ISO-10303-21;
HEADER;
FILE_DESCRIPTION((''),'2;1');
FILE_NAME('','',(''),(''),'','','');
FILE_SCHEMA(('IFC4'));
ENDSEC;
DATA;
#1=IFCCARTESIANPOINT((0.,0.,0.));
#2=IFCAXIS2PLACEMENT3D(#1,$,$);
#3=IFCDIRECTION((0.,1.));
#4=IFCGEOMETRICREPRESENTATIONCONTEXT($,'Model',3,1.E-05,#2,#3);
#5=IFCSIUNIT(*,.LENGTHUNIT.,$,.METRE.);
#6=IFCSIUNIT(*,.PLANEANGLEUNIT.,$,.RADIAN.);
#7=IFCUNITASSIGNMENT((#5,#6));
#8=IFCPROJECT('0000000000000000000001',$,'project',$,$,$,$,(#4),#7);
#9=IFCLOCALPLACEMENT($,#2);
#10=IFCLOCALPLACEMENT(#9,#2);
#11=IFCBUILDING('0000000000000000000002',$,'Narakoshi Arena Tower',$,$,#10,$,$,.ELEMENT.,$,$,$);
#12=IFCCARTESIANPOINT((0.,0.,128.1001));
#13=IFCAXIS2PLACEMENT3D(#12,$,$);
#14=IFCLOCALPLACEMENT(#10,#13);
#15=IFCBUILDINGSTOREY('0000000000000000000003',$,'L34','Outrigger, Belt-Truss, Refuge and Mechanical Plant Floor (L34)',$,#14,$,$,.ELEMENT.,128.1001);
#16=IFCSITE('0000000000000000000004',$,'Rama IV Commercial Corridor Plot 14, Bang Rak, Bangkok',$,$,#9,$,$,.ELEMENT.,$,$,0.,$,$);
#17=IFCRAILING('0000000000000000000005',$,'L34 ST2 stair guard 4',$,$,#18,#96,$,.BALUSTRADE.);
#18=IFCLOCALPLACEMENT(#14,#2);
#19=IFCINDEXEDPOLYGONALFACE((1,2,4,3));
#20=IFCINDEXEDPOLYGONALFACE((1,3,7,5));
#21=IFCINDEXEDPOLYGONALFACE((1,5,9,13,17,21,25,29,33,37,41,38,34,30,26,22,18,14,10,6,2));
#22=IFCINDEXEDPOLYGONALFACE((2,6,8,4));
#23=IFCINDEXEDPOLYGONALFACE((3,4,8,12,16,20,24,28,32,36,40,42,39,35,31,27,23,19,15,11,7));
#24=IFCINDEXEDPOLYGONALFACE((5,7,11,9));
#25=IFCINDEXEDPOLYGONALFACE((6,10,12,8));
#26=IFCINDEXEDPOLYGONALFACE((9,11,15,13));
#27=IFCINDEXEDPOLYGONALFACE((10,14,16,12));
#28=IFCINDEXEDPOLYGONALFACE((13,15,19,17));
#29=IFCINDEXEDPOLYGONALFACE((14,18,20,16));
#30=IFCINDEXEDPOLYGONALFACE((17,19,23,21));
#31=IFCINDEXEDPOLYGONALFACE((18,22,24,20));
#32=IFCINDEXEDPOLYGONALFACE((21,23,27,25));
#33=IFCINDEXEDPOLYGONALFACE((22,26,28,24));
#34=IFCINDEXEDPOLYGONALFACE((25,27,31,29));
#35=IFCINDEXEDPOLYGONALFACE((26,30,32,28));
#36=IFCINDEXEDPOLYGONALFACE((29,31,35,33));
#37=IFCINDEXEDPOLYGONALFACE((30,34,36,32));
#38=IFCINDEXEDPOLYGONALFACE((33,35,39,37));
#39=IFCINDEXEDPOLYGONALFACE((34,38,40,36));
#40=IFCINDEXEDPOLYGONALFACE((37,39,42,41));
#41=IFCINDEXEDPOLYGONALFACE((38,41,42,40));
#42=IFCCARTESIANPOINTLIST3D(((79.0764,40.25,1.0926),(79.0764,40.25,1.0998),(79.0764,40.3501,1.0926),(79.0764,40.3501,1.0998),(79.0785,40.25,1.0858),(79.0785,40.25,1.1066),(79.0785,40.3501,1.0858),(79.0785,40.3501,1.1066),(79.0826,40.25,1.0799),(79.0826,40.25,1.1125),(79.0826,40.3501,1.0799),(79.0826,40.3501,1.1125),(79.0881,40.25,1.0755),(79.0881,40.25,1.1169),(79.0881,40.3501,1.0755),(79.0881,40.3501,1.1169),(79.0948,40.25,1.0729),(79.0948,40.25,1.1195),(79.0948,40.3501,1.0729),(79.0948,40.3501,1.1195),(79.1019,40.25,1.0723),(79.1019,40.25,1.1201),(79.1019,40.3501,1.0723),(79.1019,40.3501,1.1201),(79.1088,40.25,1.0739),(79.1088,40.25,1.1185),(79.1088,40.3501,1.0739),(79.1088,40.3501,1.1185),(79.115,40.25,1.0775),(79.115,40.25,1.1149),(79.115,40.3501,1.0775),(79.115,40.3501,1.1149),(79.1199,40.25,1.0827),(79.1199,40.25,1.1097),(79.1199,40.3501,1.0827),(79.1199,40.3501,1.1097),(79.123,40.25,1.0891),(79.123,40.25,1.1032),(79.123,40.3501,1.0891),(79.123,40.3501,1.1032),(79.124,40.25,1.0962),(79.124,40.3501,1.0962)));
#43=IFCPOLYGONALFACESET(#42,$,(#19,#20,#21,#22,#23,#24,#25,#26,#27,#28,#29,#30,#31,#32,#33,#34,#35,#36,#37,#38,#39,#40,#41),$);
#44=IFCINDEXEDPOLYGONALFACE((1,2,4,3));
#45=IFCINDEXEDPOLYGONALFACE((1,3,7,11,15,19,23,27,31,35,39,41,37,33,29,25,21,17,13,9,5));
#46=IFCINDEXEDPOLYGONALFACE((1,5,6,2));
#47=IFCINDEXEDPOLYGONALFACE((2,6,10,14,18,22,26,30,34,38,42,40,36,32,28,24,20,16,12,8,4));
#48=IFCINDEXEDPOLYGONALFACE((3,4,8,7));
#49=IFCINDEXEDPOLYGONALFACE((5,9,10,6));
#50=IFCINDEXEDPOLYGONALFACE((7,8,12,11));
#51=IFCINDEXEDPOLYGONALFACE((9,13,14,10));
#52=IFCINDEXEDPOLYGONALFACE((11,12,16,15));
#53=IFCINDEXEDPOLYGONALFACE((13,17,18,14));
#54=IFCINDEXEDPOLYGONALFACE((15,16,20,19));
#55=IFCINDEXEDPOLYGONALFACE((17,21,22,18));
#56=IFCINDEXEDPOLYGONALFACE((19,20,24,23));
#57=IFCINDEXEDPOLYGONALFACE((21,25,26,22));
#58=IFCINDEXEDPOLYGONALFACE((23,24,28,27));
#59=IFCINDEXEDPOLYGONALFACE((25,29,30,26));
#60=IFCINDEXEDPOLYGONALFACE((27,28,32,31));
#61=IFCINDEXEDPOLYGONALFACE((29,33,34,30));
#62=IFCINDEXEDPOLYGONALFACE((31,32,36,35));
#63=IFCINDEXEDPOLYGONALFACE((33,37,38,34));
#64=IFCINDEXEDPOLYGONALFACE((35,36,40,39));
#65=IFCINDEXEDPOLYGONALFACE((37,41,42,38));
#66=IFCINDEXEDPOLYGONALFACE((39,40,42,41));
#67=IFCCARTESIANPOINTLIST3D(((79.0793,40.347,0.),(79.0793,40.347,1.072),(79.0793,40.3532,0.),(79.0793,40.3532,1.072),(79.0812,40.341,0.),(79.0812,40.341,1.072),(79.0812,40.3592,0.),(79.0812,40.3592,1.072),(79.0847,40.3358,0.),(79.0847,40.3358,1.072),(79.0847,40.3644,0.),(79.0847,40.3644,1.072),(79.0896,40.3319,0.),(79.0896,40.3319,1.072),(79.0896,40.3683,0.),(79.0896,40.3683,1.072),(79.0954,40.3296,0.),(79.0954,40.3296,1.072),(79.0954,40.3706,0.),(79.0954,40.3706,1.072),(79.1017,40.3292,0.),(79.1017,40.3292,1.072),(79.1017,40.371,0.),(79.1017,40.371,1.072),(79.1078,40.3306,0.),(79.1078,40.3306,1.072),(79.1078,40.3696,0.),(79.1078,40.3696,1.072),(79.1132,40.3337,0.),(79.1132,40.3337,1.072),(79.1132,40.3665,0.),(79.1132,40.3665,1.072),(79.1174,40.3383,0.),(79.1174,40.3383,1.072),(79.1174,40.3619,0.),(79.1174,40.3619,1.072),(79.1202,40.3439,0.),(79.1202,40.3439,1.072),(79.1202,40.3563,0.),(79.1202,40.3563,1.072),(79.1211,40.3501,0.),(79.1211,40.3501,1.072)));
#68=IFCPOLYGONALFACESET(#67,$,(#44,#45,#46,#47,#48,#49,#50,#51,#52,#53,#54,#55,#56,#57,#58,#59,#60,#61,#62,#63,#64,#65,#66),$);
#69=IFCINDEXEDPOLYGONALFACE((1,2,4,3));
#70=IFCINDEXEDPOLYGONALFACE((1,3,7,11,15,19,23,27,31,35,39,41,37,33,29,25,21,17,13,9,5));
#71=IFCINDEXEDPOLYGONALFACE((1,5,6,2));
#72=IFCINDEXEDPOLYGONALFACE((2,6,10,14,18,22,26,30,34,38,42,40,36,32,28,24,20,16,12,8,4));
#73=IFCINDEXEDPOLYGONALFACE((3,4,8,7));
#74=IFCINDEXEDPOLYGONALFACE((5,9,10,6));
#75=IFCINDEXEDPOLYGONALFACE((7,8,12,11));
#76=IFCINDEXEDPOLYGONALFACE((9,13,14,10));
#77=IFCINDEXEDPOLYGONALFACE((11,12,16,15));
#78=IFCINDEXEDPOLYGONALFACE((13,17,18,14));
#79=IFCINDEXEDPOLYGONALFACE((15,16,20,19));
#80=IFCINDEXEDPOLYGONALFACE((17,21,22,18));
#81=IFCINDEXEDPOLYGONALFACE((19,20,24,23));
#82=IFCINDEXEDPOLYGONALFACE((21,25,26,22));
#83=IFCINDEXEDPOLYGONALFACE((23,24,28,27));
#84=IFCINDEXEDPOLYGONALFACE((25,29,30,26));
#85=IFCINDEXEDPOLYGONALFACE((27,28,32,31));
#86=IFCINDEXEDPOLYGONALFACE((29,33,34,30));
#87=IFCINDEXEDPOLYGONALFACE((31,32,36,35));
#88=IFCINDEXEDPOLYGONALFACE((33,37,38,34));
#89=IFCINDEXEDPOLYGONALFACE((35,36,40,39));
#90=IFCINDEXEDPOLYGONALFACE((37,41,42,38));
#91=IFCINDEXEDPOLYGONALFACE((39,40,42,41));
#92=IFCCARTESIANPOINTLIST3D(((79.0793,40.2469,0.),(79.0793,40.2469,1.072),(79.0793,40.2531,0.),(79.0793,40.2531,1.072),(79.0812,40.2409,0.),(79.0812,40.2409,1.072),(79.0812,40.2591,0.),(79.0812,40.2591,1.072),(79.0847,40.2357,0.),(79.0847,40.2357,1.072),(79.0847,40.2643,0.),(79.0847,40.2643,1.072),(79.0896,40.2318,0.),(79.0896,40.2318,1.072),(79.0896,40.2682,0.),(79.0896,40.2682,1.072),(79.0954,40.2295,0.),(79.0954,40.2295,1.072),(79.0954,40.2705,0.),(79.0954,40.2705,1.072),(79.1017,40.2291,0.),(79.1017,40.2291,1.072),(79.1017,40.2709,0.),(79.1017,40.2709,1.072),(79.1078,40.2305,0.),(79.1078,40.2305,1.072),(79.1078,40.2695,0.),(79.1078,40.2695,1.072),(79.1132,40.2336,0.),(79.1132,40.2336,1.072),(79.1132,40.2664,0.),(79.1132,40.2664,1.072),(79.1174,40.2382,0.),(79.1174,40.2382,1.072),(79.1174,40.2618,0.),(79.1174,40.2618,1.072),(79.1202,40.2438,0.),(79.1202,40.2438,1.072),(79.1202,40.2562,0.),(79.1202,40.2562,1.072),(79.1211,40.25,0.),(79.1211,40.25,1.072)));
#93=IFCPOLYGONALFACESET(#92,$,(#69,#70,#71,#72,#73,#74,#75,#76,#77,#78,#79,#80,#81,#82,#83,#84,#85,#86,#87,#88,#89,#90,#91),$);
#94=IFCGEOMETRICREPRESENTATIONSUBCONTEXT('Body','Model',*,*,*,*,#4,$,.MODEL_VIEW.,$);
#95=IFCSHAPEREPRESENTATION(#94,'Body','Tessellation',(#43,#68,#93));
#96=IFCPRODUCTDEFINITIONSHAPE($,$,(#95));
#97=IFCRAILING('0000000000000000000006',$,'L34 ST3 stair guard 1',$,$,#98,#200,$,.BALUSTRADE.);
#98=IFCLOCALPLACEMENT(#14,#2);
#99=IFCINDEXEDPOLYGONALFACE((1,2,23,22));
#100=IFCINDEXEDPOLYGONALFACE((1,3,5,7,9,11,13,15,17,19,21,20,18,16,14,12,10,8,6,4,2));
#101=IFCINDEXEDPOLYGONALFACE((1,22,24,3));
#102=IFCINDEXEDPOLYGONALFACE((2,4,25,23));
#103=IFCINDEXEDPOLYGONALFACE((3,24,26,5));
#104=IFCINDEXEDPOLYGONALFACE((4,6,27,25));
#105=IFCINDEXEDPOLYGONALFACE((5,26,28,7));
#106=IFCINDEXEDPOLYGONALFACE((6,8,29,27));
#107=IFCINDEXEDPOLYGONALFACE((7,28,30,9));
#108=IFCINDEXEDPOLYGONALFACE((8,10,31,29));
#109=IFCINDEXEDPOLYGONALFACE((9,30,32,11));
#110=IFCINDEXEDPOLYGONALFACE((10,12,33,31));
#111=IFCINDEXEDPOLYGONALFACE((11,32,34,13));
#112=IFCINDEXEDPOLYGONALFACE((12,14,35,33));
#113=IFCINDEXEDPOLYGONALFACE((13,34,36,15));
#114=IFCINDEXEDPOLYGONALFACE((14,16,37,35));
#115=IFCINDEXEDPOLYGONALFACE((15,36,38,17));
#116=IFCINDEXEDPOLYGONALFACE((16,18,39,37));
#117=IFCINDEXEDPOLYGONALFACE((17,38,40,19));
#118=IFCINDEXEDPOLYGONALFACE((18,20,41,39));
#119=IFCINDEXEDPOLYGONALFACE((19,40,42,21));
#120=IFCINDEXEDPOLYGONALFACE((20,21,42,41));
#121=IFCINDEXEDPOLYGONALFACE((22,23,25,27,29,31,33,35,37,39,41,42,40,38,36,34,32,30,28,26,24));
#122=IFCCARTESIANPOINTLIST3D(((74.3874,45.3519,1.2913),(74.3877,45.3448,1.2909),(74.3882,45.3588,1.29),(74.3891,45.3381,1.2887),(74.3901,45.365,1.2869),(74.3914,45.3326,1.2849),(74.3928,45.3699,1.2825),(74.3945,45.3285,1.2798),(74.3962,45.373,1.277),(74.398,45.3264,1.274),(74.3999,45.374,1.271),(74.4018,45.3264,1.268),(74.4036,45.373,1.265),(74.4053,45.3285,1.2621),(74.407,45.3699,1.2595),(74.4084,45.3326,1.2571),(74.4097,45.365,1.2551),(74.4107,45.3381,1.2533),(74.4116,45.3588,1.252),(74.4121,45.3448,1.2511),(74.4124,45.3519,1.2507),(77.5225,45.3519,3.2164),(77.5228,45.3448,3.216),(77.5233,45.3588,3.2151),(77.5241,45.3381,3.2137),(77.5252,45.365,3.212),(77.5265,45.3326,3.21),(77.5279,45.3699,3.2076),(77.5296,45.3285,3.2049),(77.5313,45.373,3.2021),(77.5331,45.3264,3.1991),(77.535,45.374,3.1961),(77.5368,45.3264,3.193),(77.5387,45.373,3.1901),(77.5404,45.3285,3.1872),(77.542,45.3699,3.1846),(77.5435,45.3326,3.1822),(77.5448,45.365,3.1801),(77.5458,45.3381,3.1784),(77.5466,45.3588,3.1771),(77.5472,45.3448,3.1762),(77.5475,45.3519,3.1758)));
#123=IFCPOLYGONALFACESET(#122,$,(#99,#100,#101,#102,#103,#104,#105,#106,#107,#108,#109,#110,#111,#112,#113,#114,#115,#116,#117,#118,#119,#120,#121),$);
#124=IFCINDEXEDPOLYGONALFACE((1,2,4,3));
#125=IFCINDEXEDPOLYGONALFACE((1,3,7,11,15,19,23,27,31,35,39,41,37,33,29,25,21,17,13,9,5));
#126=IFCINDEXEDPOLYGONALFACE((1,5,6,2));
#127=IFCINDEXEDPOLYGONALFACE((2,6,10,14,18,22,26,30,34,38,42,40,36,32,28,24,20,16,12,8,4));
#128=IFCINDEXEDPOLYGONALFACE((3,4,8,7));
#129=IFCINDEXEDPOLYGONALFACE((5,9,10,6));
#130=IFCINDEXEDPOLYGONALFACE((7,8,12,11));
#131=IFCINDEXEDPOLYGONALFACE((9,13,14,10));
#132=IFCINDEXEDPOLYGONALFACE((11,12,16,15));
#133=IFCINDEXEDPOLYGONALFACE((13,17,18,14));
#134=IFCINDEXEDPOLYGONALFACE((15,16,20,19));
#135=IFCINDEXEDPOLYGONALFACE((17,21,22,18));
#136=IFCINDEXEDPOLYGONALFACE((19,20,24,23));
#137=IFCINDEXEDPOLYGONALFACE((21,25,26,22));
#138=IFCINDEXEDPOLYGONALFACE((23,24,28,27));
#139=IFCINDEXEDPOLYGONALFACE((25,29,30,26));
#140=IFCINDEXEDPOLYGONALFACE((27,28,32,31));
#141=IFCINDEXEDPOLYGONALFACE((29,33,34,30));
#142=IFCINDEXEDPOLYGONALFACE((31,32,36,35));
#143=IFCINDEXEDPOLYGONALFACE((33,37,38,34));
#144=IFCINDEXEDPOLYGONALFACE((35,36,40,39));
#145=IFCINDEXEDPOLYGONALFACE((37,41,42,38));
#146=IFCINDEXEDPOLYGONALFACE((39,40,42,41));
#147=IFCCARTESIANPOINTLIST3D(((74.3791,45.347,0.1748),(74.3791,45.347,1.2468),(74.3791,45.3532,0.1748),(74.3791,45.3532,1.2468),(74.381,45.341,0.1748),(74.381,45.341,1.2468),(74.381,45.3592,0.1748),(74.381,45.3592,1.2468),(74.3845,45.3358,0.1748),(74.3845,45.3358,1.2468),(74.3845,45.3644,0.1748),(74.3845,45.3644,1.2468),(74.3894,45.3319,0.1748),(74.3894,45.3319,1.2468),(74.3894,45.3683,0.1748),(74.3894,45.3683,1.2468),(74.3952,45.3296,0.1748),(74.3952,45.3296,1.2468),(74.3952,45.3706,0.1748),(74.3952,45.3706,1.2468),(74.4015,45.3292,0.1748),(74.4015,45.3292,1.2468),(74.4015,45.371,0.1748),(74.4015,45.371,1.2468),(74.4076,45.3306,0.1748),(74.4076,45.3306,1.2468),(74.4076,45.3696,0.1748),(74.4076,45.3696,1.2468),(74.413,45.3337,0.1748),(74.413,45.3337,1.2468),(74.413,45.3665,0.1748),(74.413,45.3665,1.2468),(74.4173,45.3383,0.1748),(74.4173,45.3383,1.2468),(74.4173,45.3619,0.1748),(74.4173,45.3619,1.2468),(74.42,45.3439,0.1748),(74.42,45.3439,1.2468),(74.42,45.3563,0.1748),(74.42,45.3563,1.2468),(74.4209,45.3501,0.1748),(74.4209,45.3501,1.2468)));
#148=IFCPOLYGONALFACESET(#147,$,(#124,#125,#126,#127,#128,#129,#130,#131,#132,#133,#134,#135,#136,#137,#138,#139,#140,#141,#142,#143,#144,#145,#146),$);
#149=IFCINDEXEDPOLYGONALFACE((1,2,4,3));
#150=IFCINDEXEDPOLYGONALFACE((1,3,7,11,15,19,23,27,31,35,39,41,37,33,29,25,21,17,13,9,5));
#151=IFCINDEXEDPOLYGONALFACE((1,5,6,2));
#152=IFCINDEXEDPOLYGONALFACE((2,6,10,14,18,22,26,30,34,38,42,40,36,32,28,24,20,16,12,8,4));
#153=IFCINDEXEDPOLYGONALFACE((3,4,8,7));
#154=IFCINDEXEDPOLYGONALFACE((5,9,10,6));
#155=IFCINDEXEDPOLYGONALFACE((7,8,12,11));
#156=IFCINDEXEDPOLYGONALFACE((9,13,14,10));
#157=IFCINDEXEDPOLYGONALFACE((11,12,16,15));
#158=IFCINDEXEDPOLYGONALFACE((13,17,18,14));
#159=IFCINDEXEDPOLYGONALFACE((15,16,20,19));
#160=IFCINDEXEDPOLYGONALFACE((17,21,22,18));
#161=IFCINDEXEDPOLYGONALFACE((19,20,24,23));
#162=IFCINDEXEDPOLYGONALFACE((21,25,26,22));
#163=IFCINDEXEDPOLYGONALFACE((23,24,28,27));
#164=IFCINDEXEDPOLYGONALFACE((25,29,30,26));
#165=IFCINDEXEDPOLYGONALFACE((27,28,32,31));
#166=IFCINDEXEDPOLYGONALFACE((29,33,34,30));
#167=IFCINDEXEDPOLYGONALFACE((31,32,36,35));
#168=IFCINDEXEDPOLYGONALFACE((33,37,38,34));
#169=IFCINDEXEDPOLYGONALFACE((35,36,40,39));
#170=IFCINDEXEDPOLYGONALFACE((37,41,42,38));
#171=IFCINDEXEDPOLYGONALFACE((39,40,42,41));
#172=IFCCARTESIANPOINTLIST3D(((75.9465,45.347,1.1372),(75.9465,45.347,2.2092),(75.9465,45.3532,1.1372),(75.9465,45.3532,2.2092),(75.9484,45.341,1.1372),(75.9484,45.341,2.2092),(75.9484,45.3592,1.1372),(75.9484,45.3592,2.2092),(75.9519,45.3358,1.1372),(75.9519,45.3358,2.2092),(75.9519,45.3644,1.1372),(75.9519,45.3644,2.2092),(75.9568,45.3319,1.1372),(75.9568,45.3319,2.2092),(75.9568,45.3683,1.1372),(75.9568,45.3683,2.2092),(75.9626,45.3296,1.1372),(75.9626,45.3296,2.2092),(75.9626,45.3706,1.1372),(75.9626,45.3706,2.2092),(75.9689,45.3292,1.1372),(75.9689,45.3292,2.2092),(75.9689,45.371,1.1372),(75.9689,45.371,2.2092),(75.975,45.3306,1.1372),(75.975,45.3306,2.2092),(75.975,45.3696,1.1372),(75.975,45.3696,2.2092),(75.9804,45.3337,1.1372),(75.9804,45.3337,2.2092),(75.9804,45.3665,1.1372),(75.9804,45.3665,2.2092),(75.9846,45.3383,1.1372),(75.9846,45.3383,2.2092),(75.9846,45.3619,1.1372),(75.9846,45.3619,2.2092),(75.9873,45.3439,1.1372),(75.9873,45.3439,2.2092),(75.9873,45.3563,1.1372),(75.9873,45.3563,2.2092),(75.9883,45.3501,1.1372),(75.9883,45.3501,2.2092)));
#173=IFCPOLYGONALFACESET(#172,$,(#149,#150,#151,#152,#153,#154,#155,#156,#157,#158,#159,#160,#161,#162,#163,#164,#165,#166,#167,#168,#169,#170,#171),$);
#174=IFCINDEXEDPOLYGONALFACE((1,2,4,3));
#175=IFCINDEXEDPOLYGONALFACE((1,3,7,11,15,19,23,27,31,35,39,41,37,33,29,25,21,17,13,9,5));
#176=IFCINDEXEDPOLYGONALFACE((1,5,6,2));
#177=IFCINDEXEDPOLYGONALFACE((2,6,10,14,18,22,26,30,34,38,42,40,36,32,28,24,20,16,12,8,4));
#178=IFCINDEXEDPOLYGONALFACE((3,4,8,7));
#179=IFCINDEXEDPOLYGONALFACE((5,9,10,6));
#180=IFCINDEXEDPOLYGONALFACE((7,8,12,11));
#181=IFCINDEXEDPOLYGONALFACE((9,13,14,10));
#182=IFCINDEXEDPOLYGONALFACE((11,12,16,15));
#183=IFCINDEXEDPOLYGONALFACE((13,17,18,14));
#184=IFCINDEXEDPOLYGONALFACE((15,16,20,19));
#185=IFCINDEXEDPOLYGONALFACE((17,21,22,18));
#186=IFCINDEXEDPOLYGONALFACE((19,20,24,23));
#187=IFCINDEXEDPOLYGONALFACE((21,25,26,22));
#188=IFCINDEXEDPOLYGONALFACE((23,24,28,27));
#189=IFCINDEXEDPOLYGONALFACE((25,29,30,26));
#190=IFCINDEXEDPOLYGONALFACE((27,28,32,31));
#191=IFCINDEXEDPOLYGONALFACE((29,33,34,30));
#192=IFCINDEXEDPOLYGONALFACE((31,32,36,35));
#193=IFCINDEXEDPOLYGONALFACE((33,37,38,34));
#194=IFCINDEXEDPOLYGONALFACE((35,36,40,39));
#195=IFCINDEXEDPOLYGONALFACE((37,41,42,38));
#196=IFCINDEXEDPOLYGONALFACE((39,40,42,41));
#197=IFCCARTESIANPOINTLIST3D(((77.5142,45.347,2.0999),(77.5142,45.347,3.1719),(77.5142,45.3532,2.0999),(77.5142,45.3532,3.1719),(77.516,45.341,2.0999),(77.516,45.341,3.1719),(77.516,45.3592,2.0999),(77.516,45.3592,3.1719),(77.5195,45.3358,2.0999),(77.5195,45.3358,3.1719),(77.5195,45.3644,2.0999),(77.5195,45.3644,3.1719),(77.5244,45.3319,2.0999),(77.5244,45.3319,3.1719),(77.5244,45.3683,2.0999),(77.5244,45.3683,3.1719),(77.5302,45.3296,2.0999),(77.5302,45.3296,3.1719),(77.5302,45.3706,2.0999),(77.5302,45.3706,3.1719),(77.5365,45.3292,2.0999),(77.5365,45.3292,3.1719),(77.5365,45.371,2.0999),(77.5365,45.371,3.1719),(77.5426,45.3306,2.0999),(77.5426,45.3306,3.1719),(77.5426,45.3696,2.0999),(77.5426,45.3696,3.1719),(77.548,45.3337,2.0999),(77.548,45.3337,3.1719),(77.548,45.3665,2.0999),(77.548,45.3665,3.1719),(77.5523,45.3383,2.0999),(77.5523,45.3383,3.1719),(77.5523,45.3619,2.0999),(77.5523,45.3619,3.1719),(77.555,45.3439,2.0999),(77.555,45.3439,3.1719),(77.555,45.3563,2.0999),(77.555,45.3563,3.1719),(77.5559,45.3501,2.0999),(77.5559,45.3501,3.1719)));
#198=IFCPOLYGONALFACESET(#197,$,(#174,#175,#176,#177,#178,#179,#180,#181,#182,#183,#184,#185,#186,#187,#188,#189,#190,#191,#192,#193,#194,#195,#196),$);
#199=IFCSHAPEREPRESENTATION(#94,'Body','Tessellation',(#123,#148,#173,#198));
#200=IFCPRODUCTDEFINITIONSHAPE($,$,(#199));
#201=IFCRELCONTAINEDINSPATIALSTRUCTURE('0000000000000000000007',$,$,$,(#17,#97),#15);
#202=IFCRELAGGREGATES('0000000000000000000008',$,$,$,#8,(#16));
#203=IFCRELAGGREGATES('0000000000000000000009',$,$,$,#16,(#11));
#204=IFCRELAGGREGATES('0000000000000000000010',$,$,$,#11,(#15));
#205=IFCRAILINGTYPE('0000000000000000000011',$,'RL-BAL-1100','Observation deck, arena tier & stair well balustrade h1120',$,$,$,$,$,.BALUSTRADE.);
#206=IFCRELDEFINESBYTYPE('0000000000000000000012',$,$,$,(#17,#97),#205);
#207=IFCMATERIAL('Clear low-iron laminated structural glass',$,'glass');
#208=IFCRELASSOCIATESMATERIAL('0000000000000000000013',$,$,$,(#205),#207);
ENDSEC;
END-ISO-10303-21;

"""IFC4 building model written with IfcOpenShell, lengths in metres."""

from ifc_helpers import new_model, si_unit, direction, frame, origin, origin_2d, place, context, subcontext, project, spatial, circle, extrude, material, type_object, element, save


model = new_model("IFC4")

# Units and contexts
model_context = context("Model", 3, precision=1e-05, world=origin(), true_north=direction((0.0, 1.0)))
body_context = subcontext(model_context, "Body", "Model", "MODEL_VIEW")
ifc_project = project(units=[si_unit("LENGTHUNIT", "METRE"), si_unit("PLANEANGLEUNIT", "RADIAN")], contexts=[model_context])

# Site, building, storey
site_placement = place(None, origin())
site = spatial("IfcSite", under=ifc_project, at=site_placement, Name="Rama IV Commercial Corridor Plot 14, Bang Rak, Bangkok", CompositionType="ELEMENT", RefElevation=0.0)
building_placement = place(site_placement, origin())
building = spatial("IfcBuilding", under=site, at=building_placement, Name="Narakoshi Arena Tower", CompositionType="ELEMENT")
storey_placement = place(building_placement, frame((0.0, 0.0, 128.1001)))
storey = spatial("IfcBuildingStorey", under=building, at=storey_placement, Name="L34", Description="Outrigger, Belt-Truss, Refuge and Mechanical Plant Floor (L34)", CompositionType="ELEMENT", Elevation=128.1001)

# Railings
ifc_material_1 = material(Name="Clear low-iron laminated structural glass", Category="glass")
railing_type_1 = type_object("IfcRailingType", Name="RL-BAL-1100", Description="Observation deck, arena tier & stair well balustrade h1120", PredefinedType="BALUSTRADE", material=ifc_material_1)
railing_1_placement = place(storey_placement, frame((79.1001, 40.3501, 0.0)))
element("IfcRailing", 1, at=railing_1_placement, inside=storey, type_object=railing_type_1, Name="L34 ST2 stair guard 4", PredefinedType="BALUSTRADE", context=body_context, shape_type="SweptSolid", body=[
    extrude(circle(Radius=0.0239, at=origin_2d()), frame((0.0, 0.0, 1.0962), z_axis=(0.0, -1.0, 0.0), x_axis=(1.0, 0.0, 0.0)), (0.0, 0.0, 1.0), 0.1001),
    extrude(circle(Radius=0.021, at=origin_2d()), origin(), (0.0, 0.0, 1.0), 1.072),
    extrude(circle(Radius=0.021, at=origin_2d()), frame((0.0, -0.1001, 0.0)), (0.0, 0.0, 1.0), 1.072),
])
railing_2_placement = place(storey_placement, frame((74.3999, 45.3501, 0.1748)))
element("IfcRailing", 2, at=railing_2_placement, inside=storey, type_object=railing_type_1, Name="L34 ST3 stair guard 1", PredefinedType="BALUSTRADE", context=body_context, shape_type="SweptSolid", body=[
    extrude(circle(Radius=0.0239, at=origin_2d()), frame((0.0, 0.0, 1.0962), z_axis=(0.852166, 0.0, 0.523271), x_axis=(0.0, 1.0, 0.0)), (0.0, 0.0, 1.0), 3.679),
    extrude(circle(Radius=0.021, at=origin_2d()), origin(), (0.0, 0.0, 1.0), 1.072),
    extrude(circle(Radius=0.021, at=origin_2d()), frame((1.5674, 0.0, 0.9624)), (0.0, 0.0, 1.0), 1.072),
    extrude(circle(Radius=0.021, at=origin_2d()), frame((3.135, 0.0, 1.925)), (0.0, 0.0, 1.0), 1.072),
])

save(model, "model.ifc")
